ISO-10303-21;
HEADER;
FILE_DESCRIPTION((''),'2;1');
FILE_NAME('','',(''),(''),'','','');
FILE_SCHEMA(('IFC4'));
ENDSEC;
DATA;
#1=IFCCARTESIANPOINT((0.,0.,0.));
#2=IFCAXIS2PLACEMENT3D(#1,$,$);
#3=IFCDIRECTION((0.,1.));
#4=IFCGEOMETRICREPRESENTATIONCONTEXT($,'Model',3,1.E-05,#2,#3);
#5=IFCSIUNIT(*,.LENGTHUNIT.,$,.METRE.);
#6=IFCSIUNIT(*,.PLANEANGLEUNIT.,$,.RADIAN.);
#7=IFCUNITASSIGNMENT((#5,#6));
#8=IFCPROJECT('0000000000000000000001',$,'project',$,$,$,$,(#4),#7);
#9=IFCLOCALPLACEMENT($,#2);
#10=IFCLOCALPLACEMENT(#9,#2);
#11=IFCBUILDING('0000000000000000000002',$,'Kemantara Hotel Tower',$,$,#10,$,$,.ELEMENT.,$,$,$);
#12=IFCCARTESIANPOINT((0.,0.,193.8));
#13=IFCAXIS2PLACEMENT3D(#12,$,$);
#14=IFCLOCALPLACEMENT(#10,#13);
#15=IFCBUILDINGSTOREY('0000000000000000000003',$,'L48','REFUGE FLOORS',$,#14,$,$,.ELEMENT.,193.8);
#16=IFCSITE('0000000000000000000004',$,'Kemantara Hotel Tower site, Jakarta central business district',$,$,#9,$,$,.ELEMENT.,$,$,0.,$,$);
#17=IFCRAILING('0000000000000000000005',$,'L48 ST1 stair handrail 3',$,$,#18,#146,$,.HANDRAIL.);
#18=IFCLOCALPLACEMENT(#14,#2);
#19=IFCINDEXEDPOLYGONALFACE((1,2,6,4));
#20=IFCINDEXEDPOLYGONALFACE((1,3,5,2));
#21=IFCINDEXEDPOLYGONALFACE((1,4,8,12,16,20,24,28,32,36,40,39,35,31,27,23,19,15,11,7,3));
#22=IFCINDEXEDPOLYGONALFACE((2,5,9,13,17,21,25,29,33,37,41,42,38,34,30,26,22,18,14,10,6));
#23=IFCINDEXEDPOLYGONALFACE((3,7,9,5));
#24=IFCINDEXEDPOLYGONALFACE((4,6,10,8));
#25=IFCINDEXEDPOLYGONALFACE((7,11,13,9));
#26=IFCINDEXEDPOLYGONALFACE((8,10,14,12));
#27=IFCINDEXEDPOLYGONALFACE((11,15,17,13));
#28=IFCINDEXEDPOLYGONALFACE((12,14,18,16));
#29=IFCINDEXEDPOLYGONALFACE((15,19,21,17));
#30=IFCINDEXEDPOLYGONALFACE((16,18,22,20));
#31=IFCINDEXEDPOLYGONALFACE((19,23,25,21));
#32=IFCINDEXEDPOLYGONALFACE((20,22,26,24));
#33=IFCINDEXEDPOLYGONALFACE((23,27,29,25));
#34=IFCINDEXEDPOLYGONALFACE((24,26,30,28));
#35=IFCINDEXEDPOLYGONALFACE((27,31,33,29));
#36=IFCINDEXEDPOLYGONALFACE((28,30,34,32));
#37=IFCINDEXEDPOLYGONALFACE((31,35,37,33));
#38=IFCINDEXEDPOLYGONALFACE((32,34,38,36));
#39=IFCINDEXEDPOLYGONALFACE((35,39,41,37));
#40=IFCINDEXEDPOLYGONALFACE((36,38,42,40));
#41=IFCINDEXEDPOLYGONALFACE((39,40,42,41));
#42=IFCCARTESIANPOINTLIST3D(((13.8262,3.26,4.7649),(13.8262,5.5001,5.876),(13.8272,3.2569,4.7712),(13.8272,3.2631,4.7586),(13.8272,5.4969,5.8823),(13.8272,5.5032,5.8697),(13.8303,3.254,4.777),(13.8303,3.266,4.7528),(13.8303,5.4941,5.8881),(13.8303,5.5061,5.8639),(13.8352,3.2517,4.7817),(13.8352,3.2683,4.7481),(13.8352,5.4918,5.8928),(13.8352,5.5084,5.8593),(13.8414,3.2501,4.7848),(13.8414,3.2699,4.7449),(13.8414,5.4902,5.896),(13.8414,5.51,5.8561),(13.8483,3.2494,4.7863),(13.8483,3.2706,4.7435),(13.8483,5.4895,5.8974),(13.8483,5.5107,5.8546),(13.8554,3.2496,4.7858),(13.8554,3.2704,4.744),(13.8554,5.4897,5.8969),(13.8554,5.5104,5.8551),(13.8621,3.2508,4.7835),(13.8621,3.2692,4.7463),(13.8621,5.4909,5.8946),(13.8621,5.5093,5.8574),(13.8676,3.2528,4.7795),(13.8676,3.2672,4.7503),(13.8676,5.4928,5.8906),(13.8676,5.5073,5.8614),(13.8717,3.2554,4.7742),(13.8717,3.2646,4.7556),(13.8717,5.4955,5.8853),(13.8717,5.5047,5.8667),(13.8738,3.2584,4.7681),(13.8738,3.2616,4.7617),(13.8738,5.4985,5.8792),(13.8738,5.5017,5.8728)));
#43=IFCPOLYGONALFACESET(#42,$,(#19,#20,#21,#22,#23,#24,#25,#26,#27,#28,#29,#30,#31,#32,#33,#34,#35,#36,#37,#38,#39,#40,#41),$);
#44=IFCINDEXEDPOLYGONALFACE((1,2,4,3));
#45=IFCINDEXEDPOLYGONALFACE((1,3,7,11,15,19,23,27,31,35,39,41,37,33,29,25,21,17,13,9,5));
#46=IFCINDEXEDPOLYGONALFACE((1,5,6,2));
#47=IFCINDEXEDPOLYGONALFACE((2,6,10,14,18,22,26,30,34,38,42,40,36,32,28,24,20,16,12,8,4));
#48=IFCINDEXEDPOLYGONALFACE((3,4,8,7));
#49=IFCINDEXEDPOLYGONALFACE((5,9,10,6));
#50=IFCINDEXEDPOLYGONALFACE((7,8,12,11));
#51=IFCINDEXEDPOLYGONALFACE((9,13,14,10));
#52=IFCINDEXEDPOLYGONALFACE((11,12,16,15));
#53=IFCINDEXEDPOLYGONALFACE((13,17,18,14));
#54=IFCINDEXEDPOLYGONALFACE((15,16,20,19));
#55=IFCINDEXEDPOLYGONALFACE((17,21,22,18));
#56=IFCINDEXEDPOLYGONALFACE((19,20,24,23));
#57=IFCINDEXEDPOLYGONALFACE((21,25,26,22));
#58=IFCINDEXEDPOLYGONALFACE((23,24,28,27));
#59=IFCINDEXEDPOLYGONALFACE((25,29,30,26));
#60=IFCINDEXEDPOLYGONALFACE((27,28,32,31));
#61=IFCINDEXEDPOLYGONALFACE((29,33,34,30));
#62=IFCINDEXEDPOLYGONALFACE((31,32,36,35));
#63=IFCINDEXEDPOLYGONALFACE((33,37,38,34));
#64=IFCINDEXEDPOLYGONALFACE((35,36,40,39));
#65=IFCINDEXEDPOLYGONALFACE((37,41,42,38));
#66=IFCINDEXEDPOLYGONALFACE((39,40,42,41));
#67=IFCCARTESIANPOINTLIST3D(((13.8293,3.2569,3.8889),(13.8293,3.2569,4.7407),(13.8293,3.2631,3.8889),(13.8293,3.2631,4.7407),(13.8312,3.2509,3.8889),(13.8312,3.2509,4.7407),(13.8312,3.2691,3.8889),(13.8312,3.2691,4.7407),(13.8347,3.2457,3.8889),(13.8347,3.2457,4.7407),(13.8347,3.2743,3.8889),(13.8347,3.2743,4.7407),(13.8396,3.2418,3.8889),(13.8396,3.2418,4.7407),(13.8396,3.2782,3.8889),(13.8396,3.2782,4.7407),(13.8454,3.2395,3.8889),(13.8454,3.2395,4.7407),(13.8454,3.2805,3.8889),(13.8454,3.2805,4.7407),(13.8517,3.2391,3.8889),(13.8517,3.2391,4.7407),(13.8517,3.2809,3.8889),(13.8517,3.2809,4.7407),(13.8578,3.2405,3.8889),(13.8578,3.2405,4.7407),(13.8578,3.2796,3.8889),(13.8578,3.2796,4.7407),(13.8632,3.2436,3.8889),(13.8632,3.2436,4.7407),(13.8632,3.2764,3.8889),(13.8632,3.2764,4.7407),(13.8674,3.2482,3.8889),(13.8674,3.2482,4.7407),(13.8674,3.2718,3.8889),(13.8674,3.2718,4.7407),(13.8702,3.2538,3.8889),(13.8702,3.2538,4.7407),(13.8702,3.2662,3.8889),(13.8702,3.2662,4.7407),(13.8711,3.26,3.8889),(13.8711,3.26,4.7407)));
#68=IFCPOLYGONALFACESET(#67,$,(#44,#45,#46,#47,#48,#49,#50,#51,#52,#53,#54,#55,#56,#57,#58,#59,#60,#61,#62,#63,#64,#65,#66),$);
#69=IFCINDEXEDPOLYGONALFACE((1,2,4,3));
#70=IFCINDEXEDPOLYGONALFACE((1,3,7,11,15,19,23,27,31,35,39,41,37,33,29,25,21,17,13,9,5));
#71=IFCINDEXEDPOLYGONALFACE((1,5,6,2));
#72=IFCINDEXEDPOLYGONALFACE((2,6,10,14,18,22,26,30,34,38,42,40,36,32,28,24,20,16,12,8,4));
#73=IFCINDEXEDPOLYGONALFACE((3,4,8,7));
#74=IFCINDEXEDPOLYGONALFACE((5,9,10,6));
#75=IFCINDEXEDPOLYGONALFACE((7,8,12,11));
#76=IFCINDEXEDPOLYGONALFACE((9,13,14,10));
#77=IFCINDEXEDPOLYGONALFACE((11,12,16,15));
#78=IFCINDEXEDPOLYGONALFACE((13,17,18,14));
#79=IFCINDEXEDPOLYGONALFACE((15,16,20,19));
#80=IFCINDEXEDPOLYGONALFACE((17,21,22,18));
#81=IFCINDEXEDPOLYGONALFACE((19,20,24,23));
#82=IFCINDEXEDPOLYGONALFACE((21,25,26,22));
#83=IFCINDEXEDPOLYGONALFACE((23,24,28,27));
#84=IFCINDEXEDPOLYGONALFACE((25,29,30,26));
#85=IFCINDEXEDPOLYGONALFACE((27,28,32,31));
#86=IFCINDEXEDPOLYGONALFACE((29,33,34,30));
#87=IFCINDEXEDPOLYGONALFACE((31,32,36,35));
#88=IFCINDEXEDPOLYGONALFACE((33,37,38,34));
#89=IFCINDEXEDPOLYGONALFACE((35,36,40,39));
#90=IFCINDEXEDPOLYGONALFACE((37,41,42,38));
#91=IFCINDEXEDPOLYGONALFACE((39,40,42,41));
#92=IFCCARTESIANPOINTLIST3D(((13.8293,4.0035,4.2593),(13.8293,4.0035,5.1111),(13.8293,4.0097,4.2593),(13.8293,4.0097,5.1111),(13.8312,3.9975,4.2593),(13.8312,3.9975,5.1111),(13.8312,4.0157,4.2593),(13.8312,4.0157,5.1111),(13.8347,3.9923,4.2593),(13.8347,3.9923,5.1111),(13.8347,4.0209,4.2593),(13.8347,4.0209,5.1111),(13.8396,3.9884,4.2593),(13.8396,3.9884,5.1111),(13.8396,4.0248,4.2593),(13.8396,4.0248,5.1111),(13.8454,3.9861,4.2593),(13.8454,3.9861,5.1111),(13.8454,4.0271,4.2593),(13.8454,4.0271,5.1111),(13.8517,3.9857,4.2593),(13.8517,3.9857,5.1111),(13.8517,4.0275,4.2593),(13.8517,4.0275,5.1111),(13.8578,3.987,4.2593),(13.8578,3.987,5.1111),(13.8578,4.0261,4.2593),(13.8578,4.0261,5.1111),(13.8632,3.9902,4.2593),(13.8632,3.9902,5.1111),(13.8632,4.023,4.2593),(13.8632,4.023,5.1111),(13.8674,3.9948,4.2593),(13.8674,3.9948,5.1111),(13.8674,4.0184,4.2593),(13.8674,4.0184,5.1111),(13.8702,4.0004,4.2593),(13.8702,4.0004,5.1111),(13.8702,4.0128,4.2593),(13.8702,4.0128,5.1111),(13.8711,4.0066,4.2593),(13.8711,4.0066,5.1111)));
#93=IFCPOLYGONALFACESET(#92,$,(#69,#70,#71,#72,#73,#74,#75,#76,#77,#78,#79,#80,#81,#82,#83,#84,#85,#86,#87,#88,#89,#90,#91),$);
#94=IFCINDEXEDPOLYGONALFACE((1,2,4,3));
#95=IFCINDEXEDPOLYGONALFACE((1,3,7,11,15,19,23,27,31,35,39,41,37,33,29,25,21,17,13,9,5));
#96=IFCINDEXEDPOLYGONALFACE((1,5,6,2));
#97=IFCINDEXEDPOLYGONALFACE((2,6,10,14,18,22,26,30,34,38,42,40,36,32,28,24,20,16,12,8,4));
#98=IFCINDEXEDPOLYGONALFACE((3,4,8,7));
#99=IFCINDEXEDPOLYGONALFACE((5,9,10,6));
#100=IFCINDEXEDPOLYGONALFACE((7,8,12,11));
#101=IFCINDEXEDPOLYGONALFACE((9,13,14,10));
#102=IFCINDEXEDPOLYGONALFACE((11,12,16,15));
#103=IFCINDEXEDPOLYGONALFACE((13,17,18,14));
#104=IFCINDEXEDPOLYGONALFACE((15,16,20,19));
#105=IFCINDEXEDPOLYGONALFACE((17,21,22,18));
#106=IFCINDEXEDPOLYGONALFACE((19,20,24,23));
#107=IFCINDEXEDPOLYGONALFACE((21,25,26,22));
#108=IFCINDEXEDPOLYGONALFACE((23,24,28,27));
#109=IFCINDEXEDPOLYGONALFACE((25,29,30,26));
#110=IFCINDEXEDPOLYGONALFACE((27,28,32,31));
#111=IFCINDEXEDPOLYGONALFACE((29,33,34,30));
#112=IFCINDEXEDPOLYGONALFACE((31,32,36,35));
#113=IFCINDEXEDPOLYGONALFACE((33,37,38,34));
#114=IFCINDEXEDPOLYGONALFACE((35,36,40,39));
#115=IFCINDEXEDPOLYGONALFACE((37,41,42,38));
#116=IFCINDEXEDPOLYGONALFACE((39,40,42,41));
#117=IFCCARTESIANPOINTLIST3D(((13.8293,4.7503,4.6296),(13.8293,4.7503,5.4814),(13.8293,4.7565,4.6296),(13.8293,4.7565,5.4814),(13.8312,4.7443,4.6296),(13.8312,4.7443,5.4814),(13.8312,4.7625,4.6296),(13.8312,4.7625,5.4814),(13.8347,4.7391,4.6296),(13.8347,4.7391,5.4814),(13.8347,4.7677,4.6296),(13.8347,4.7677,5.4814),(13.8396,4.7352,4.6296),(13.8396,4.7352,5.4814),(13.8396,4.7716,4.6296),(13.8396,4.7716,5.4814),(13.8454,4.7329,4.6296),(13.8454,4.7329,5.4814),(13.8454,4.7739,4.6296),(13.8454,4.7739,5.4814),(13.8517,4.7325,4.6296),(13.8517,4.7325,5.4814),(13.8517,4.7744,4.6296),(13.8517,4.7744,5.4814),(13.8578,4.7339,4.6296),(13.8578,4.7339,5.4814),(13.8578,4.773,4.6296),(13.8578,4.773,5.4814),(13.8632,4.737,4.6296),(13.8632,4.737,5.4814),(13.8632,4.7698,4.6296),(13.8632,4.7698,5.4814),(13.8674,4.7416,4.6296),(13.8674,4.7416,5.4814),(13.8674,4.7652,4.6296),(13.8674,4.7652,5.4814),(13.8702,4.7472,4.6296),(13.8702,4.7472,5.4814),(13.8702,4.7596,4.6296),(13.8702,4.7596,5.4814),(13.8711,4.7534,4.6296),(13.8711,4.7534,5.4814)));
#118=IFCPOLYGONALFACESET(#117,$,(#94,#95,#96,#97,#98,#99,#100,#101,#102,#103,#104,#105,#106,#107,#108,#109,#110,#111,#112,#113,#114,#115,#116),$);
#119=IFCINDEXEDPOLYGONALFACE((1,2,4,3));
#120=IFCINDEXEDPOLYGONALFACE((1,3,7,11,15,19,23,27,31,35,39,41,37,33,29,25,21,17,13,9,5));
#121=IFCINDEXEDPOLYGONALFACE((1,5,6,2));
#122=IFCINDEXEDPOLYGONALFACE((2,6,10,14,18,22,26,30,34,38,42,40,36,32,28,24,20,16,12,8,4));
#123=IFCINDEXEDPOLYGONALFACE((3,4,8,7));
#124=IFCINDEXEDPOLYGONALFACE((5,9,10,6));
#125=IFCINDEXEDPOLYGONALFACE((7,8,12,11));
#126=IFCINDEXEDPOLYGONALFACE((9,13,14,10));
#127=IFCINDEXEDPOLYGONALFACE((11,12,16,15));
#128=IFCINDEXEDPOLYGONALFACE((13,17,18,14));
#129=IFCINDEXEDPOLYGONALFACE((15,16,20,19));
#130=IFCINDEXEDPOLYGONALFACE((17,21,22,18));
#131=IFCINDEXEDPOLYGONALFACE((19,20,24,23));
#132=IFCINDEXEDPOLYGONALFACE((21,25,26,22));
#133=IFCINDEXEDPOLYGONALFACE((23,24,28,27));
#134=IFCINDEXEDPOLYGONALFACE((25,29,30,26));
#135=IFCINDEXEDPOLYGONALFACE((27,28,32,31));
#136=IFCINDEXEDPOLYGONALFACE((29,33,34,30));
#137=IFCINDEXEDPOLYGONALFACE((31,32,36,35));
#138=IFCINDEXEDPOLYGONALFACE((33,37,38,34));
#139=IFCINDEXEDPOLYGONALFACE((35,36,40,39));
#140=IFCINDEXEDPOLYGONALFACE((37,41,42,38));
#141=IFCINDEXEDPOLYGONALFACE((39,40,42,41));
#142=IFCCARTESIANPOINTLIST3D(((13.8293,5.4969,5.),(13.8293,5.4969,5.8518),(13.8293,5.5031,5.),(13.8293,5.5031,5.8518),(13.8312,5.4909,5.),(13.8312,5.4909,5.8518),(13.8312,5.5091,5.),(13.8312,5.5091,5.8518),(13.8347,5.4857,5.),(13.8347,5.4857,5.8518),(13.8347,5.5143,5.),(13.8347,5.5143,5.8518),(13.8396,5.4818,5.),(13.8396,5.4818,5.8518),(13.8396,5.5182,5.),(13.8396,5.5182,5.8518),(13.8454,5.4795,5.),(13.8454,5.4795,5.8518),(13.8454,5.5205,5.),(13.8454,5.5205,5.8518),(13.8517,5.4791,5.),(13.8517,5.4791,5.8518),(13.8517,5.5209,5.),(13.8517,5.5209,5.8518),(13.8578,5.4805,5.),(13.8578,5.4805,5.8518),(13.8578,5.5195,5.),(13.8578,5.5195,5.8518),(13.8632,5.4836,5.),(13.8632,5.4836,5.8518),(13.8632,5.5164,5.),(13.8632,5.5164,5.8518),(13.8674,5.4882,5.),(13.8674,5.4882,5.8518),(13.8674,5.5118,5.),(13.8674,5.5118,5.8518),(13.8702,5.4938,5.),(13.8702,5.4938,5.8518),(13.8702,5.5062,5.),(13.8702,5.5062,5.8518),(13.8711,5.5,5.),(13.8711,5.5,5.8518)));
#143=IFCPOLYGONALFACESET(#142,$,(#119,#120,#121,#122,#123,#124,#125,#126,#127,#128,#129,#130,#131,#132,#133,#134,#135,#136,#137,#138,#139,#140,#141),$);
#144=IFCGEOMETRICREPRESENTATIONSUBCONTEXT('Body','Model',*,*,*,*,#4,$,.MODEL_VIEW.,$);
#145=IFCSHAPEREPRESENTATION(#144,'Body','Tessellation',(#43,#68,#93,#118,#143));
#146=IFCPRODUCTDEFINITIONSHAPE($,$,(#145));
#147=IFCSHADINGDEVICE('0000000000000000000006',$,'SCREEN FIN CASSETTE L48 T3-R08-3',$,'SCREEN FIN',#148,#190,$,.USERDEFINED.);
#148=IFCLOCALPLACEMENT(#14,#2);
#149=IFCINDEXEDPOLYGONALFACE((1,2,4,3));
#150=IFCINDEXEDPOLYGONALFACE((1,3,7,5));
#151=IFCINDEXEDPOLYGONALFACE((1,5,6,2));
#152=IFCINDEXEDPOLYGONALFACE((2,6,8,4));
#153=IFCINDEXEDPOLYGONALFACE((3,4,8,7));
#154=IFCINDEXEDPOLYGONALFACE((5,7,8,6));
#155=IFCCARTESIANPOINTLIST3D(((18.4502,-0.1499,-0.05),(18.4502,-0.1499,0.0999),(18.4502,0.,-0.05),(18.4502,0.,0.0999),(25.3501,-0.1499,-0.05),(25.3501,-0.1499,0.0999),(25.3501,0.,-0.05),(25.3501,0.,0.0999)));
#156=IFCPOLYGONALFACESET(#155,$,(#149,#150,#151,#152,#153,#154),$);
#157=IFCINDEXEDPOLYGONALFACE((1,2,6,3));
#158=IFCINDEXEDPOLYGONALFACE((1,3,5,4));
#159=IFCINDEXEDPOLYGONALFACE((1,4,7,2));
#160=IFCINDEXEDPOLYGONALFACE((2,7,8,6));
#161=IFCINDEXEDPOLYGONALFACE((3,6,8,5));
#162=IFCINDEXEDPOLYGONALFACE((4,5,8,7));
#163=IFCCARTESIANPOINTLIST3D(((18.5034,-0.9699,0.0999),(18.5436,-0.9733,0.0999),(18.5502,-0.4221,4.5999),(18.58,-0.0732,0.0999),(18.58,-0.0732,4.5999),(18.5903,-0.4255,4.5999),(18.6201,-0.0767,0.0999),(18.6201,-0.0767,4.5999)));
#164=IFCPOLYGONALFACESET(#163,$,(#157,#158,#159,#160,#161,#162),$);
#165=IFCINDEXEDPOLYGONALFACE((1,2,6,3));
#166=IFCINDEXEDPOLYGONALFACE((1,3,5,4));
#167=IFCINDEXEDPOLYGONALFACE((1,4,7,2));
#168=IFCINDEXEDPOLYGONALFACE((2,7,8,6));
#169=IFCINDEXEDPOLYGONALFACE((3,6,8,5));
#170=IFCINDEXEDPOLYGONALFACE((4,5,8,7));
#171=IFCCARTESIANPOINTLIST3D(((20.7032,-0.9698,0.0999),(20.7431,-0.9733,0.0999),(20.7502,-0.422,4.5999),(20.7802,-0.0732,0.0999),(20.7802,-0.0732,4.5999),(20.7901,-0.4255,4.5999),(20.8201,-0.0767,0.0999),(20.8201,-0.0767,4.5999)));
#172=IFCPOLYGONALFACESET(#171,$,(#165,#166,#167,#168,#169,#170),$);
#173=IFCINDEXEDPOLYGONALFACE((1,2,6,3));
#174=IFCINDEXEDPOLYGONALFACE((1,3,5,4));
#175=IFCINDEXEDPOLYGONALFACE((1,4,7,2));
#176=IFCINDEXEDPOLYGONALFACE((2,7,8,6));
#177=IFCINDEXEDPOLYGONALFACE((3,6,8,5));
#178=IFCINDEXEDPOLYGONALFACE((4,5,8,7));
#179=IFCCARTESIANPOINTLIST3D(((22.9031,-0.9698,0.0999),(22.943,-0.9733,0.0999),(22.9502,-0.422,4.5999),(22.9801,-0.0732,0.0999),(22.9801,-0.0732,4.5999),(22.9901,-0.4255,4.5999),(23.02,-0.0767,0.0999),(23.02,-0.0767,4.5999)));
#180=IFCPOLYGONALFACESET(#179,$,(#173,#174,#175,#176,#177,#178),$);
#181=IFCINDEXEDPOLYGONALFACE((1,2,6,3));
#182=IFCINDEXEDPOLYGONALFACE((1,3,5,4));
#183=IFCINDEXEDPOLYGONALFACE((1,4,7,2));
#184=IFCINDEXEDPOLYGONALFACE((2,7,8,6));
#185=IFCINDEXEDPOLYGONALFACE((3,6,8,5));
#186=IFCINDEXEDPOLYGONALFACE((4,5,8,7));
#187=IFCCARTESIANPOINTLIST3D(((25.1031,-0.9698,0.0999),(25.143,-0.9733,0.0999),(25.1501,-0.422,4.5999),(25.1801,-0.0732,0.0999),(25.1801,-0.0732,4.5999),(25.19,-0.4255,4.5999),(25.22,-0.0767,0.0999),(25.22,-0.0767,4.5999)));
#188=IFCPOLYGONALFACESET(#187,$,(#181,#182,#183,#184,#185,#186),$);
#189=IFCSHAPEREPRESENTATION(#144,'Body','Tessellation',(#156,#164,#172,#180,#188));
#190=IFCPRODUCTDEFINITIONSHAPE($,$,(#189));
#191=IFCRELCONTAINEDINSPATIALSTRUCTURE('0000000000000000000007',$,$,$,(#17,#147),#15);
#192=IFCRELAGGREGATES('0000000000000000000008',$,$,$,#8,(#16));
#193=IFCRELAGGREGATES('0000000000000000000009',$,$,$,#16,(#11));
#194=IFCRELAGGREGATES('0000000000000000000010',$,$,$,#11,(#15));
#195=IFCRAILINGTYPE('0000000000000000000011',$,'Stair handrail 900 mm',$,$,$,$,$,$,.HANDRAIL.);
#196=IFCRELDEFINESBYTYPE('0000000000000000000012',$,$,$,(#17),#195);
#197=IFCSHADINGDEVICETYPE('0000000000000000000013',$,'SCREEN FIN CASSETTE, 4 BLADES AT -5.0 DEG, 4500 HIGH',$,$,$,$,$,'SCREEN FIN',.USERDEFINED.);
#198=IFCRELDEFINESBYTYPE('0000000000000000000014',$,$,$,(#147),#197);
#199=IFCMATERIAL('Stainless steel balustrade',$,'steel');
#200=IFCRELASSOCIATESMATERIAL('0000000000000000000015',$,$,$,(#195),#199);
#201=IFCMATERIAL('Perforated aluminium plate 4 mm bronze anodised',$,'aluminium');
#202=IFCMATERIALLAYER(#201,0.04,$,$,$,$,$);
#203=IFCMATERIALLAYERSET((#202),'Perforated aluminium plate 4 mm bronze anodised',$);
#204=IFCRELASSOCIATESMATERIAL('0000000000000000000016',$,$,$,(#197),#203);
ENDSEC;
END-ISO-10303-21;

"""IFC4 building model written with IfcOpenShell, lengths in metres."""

from ifc_helpers import new_model, si_unit, direction, frame, origin, origin_2d, place, context, subcontext, project, spatial, polyline, rectangle, circle, outline, extrude, source, transform, mapped, material, layer, layer_set, type_object, element, save


model = new_model("IFC4")

# Units and contexts
model_context = context("Model", 3, precision=1e-05, world=origin(), true_north=direction((0.0, 1.0)))
body_context = subcontext(model_context, "Body", "Model", "MODEL_VIEW")
ifc_project = project(units=[si_unit("LENGTHUNIT", "METRE"), si_unit("PLANEANGLEUNIT", "RADIAN")], contexts=[model_context])

# Site, building, storey
site_placement = place(None, origin())
site = spatial("IfcSite", under=ifc_project, at=site_placement, Name="Kemantara Hotel Tower site, Jakarta central business district", CompositionType="ELEMENT", RefElevation=0.0)
building_placement = place(site_placement, origin())
building = spatial("IfcBuilding", under=site, at=building_placement, Name="Kemantara Hotel Tower", CompositionType="ELEMENT")
storey_placement = place(building_placement, frame((0.0, 0.0, 193.8)))
storey = spatial("IfcBuildingStorey", under=building, at=storey_placement, Name="L48", Description="REFUGE FLOORS", CompositionType="ELEMENT", Elevation=193.8)

# Railing
ifc_material_1 = material(Name="Stainless steel balustrade", Category="steel")
railing_type_1 = type_object("IfcRailingType", Name="Stair handrail 900 mm", PredefinedType="HANDRAIL", material=ifc_material_1)
railing_1_placement = place(storey_placement, frame((13.8501, 3.26, 3.8889)))
element("IfcRailing", 1, at=railing_1_placement, inside=storey, type_object=railing_type_1, Name="L48 ST1 stair handrail 3", PredefinedType="HANDRAIL", context=body_context, shape_type="SweptSolid", body=[
    extrude(circle(Radius=0.0239, at=origin_2d()), frame((0.0, 0.0, 0.876), z_axis=(0.0, 0.895848, 0.44436), x_axis=(-1.0, 0.0, 0.0)), (0.0, 0.0, 1.0), 2.5005),
    extrude(circle(Radius=0.021, at=origin_2d()), origin(), (0.0, 0.0, 1.0), 0.8518),
    extrude(circle(Radius=0.021, at=origin_2d()), frame((0.0, 0.7466, 0.3704)), (0.0, 0.0, 1.0), 0.8518),
    extrude(circle(Radius=0.021, at=origin_2d()), frame((0.0, 1.4934, 0.7407)), (0.0, 0.0, 1.0), 0.8518),
    extrude(circle(Radius=0.021, at=origin_2d()), frame((0.0, 2.24, 1.1111)), (0.0, 0.0, 1.0), 0.8518),
])

# Shading device
ifc_material_2 = material(Name="Perforated aluminium plate 4 mm bronze anodised", Category="aluminium")
ifc_layer_1 = layer(ifc_material_2, 0.04)
ifc_layer_set_1 = layer_set([ifc_layer_1], Name="Perforated aluminium plate 4 mm bronze anodised")
shading_device_type = type_object("IfcShadingDeviceType", Name="SCREEN FIN CASSETTE, 4 BLADES AT -5.0 DEG, 4500 HIGH", ElementType="SCREEN FIN", PredefinedType="USERDEFINED", material=ifc_layer_set_1)
shared_shape = source(origin(), body_context, "Body", "SweptSolid", [
    extrude(rectangle(XDim=6.8999, YDim=0.1499, at=origin_2d()), frame((3.3, -0.075, -0.1499), z_axis=(0.0, 0.0, 1.0), x_axis=(1.0, 0.0, 0.0)), (0.0, 0.0, 1.0), 0.1499),
    extrude(outline(polyline([(0.0, 0.0), (0.8999, 0.0), (0.3501, 4.5), (0.0, 4.5), (0.0, 0.0)])), frame((0.02, -0.0767, 0.0), z_axis=(-0.996376, 0.085056, 0.0), x_axis=(-0.085056, -0.996376, 0.0)), (0.0, 0.0, 1.0), 0.0403),
    extrude(outline(polyline([(0.0, 0.0), (0.8999, 0.0), (0.3501, 4.5), (0.0, 4.5), (0.0, 0.0)])), frame((2.22, -0.0767, 0.0), z_axis=(-0.996332, 0.085575, 0.0), x_axis=(-0.085575, -0.996332, 0.0)), (0.0, 0.0, 1.0), 0.04),
    extrude(outline(polyline([(0.0, 0.0), (0.8999, 0.0), (0.3501, 4.5), (0.0, 4.5), (0.0, 0.0)])), frame((4.4199, -0.0767, 0.0), z_axis=(-0.996332, 0.085575, 0.0), x_axis=(-0.085575, -0.996332, 0.0)), (0.0, 0.0, 1.0), 0.04),
    extrude(outline(polyline([(0.0, 0.0), (0.8999, 0.0), (0.3501, 4.5), (0.0, 4.5), (0.0, 0.0)])), frame((6.6199, -0.0767, 0.0), z_axis=(-0.996332, 0.085575, 0.0), x_axis=(-0.085575, -0.996332, 0.0)), (0.0, 0.0, 1.0), 0.04),
])
shading_device_placement = place(storey_placement, frame((18.6001, 0.0, 0.0999), z_axis=(0.0, 0.0, 1.0), x_axis=(1.0, 0.0, 0.0)))
element("IfcShadingDevice", 2, at=shading_device_placement, inside=storey, type_object=shading_device_type, Name="SCREEN FIN CASSETTE L48 T3-R08-3", ObjectType="SCREEN FIN", PredefinedType="USERDEFINED", context=body_context, shape_type="MappedRepresentation", body=[
    mapped(shared_shape, transform((0.0, 0.0, 0.0))),
])

save(model, "model.ifc")
